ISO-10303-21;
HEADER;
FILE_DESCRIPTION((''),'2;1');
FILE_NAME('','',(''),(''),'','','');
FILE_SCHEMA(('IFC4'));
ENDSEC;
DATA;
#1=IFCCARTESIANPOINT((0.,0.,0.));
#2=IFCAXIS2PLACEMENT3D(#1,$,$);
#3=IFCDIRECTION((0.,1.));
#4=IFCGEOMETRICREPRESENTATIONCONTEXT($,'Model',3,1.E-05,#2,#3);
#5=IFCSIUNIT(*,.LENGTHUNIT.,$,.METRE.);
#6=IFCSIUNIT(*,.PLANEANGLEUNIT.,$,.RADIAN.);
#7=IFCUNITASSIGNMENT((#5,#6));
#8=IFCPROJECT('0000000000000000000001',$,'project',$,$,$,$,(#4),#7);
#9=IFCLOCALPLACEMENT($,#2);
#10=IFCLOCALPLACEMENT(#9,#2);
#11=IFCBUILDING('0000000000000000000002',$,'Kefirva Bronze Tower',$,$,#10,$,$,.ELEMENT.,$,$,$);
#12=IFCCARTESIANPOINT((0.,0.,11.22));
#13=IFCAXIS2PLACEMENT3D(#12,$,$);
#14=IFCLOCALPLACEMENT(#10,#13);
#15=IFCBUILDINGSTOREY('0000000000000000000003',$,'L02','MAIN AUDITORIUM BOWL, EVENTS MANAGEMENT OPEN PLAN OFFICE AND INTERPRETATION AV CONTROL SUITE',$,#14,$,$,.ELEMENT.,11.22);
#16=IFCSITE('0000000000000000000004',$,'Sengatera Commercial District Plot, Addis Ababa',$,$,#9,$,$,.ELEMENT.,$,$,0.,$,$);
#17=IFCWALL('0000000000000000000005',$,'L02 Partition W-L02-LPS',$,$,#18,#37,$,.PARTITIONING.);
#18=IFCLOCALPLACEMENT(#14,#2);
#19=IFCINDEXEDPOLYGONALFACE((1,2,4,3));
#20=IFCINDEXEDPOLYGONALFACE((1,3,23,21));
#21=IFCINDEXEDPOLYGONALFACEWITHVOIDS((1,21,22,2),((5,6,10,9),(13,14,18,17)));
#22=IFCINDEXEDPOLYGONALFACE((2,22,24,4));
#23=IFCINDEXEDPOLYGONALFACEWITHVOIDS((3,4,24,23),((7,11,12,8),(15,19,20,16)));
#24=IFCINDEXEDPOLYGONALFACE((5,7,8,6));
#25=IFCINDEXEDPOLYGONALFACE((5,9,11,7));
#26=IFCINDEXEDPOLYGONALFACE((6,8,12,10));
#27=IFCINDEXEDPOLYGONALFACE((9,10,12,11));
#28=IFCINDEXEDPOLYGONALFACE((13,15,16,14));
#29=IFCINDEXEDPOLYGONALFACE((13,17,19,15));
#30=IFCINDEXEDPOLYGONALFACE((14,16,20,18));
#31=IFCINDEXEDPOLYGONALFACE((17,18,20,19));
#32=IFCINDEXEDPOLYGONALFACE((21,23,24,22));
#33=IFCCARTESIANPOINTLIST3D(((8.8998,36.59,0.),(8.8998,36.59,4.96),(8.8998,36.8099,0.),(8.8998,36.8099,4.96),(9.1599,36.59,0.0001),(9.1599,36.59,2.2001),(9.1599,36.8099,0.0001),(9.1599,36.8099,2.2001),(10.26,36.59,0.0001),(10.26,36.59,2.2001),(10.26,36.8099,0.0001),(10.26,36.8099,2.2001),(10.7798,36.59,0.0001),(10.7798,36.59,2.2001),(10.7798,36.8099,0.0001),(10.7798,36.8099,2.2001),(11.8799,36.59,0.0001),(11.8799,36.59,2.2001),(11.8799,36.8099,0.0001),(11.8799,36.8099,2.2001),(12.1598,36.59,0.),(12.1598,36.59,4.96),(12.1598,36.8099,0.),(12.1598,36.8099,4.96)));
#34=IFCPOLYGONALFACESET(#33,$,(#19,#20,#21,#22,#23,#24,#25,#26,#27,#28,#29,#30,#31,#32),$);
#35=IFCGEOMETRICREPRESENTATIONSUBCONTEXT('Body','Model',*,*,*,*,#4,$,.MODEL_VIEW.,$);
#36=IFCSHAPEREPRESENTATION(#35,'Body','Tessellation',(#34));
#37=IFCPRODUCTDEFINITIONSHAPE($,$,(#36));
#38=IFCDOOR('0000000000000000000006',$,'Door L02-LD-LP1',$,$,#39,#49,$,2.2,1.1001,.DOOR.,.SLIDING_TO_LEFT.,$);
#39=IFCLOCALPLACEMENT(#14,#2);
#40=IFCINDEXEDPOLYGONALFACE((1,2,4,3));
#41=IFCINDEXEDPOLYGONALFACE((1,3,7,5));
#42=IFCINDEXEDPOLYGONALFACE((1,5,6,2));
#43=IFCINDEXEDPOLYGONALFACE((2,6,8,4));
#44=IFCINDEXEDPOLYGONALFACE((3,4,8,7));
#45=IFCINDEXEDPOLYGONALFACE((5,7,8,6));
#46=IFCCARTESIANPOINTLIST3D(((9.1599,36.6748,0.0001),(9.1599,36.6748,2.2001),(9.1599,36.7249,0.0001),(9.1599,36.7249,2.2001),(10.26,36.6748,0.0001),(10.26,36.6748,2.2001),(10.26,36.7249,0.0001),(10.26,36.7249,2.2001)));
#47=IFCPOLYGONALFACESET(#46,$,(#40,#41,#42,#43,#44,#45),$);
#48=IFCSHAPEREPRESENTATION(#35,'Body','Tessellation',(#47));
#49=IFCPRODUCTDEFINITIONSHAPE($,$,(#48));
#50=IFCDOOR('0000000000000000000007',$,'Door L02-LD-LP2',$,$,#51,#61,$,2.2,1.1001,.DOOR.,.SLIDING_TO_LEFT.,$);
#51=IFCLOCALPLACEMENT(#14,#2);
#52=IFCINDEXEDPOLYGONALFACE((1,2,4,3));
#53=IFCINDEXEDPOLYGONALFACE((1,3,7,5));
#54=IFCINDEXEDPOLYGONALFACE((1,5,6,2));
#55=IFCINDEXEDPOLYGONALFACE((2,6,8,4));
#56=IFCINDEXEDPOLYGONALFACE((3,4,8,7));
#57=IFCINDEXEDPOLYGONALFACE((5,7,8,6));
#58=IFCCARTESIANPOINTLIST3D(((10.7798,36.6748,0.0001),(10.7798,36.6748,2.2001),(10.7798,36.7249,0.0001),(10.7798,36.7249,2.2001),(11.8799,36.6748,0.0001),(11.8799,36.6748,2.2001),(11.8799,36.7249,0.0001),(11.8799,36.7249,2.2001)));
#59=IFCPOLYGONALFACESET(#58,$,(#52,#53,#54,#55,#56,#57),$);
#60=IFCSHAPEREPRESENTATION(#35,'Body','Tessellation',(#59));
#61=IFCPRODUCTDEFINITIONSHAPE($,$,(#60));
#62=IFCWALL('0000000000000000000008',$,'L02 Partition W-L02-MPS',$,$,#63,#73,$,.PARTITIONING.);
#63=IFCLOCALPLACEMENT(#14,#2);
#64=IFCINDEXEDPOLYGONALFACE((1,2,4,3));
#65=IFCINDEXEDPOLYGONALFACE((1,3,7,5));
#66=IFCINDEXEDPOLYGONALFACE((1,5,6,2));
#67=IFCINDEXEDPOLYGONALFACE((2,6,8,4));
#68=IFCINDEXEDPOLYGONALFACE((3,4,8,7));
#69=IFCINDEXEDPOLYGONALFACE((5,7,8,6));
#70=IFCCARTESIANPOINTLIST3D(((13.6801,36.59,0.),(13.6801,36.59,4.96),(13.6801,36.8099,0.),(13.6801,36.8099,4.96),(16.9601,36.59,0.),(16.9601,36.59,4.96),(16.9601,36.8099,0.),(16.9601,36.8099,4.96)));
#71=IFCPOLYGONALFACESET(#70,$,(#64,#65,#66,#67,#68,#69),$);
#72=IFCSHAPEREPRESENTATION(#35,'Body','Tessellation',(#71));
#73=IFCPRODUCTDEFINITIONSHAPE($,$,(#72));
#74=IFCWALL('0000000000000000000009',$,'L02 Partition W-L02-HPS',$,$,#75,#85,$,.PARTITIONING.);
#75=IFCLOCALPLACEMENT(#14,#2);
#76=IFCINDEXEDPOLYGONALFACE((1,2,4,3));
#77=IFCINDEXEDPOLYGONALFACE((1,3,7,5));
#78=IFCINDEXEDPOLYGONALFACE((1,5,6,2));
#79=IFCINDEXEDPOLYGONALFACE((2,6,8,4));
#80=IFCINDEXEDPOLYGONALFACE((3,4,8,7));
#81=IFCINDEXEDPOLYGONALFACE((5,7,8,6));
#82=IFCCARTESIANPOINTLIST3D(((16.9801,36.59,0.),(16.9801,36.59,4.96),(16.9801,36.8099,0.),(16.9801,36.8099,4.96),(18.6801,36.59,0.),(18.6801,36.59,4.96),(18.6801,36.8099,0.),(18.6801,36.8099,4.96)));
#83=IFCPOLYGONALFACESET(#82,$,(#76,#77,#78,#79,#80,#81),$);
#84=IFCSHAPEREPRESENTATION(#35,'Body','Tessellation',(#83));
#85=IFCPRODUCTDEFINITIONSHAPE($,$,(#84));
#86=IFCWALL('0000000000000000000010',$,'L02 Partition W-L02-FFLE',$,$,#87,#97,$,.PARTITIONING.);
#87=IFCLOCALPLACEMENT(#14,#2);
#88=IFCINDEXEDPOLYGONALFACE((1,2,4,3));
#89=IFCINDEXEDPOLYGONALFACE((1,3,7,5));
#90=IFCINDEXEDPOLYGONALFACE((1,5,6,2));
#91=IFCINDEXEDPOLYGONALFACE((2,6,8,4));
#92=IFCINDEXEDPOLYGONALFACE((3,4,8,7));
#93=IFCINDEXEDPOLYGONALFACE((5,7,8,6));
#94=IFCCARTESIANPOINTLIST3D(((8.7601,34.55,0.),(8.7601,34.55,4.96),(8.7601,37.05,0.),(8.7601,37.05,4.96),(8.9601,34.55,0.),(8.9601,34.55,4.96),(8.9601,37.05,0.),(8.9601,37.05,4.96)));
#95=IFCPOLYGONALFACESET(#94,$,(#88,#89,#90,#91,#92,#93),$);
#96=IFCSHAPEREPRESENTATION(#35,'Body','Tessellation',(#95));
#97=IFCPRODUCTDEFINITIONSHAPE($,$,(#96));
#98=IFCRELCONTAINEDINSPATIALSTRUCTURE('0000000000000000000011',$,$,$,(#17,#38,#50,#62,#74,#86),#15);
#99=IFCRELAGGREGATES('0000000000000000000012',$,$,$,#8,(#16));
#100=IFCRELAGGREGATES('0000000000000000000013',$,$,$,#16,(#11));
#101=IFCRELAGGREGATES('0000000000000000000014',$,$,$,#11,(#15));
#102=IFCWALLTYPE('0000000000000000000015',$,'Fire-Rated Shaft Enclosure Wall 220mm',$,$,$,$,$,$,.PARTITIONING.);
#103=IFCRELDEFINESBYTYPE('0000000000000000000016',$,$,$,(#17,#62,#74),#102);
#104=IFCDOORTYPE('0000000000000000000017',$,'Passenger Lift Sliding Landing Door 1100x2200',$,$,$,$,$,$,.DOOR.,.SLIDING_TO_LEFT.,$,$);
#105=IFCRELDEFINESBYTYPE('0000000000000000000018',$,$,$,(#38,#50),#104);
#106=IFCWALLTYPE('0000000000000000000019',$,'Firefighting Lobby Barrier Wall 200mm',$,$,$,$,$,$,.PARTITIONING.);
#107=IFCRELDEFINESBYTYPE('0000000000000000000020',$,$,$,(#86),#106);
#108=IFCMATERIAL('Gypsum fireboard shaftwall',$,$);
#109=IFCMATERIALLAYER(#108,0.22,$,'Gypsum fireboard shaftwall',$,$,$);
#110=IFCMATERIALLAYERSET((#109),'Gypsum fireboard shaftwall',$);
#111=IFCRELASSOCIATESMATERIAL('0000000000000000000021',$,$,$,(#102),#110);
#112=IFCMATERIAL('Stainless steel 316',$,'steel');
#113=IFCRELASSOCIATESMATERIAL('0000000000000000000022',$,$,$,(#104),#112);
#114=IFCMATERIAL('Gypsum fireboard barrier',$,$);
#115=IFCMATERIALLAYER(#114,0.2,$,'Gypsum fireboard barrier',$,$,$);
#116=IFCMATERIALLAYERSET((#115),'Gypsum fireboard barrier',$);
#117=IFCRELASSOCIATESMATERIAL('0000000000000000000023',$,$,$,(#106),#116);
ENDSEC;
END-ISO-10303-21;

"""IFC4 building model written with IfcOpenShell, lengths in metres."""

from ifc_helpers import new_model, si_unit, direction, frame, frame_2d, origin, place, context, subcontext, project, spatial, rectangle, extrude, material, layer, layer_set, type_object, element, fill, save


model = new_model("IFC4")

# Units and contexts
model_context = context("Model", 3, precision=1e-05, world=origin(), true_north=direction((0.0, 1.0)))
body_context = subcontext(model_context, "Body", "Model", "MODEL_VIEW")
ifc_project = project(units=[si_unit("LENGTHUNIT", "METRE"), si_unit("PLANEANGLEUNIT", "RADIAN")], contexts=[model_context])

# Site, building, storey
site_placement = place(None, origin())
site = spatial("IfcSite", under=ifc_project, at=site_placement, Name="Sengatera Commercial District Plot, Addis Ababa", CompositionType="ELEMENT", RefElevation=0.0)
building_placement = place(site_placement, origin())
building = spatial("IfcBuilding", under=site, at=building_placement, Name="Kefirva Bronze Tower", CompositionType="ELEMENT")
storey_placement = place(building_placement, frame((0.0, 0.0, 11.22)))
storey = spatial("IfcBuildingStorey", under=building, at=storey_placement, Name="L02", Description="MAIN AUDITORIUM BOWL, EVENTS MANAGEMENT OPEN PLAN OFFICE AND INTERPRETATION AV CONTROL SUITE", CompositionType="ELEMENT", Elevation=11.22)

# Shared definitions
ifc_material_1 = material(Name="Gypsum fireboard shaftwall")
ifc_layer_1 = layer(ifc_material_1, 0.22, Name="Gypsum fireboard shaftwall")
ifc_layer_set_1 = layer_set([ifc_layer_1], Name="Gypsum fireboard shaftwall")
wall_type_1 = type_object("IfcWallType", Name="Fire-Rated Shaft Enclosure Wall 220mm", PredefinedType="PARTITIONING", material=ifc_layer_set_1)
ifc_material_2 = material(Name="Stainless steel 316", Category="steel")

# Wall, openings, doors
wall_1_placement = place(storey_placement, frame((8.8999, 36.7, 0.0), z_axis=(0.0, 0.0, 1.0), x_axis=(1.0, 0.0, 0.0)))
wall_1 = element("IfcWall", 1, at=wall_1_placement, inside=storey, type_object=wall_type_1, Name="L02 Partition W-L02-LPS", PredefinedType="PARTITIONING", context=body_context, shape_type="SweptSolid", body=[
    extrude(rectangle(XDim=3.26, YDim=0.22, at=frame_2d((1.6299, 0.0))), origin(), (0.0, 0.0, 1.0), 4.96),
])
opening_1_placement = place(wall_1_placement, frame((0.26, 0.0, 0.0)))
opening_1 = element("IfcOpeningElement", 2, at=opening_1_placement, cuts=wall_1, PredefinedType="OPENING", context=body_context, shape_type="SweptSolid", body=[
    extrude(rectangle(XDim=1.1001, YDim=2.2, at=frame_2d((0.55, 1.1001))), frame((0.0, 0.1201, 0.0), z_axis=(0.0, -1.0, 0.0), x_axis=(1.0, 0.0, 0.0)), (0.0, 0.0, 1.0), 0.24),
])
opening_2_placement = place(wall_1_placement, frame((1.8799, 0.0, 0.0)))
opening_2 = element("IfcOpeningElement", 3, at=opening_2_placement, cuts=wall_1, PredefinedType="OPENING", context=body_context, shape_type="SweptSolid", body=[
    extrude(rectangle(XDim=1.1001, YDim=2.2, at=frame_2d((0.55, 1.1001))), frame((0.0, 0.1201, 0.0), z_axis=(0.0, -1.0, 0.0), x_axis=(1.0, 0.0, 0.0)), (0.0, 0.0, 1.0), 0.24),
])
door_type_1 = type_object("IfcDoorType", Name="Passenger Lift Sliding Landing Door 1100x2200", OperationType="SLIDING_TO_LEFT", PredefinedType="DOOR", material=ifc_material_2)
door_1_placement = place(opening_1_placement, origin())
door_1 = element("IfcDoor", 4, at=door_1_placement, inside=storey, type_object=door_type_1, Name="Door L02-LD-LP1", OperationType="SLIDING_TO_LEFT", OverallHeight=2.2, OverallWidth=1.1001, PredefinedType="DOOR", context=body_context, shape_type="SweptSolid", body=[
    extrude(rectangle(XDim=1.1001, YDim=2.2, at=frame_2d((0.55, 1.1001))), frame((0.0, 0.0249, 0.0), z_axis=(0.0, -1.0, 0.0), x_axis=(1.0, 0.0, 0.0)), (0.0, 0.0, 1.0), 0.05),
])
fill(opening_1, door_1)
door_2_placement = place(opening_2_placement, origin())
door_2 = element("IfcDoor", 5, at=door_2_placement, inside=storey, type_object=door_type_1, Name="Door L02-LD-LP2", OperationType="SLIDING_TO_LEFT", OverallHeight=2.2, OverallWidth=1.1001, PredefinedType="DOOR", context=body_context, shape_type="SweptSolid", body=[
    extrude(rectangle(XDim=1.1001, YDim=2.2, at=frame_2d((0.55, 1.1001))), frame((0.0, 0.0249, 0.0), z_axis=(0.0, -1.0, 0.0), x_axis=(1.0, 0.0, 0.0)), (0.0, 0.0, 1.0), 0.05),
])
fill(opening_2, door_2)

# Walls
wall_2_placement = place(storey_placement, frame((13.6799, 36.7, 0.0), z_axis=(0.0, 0.0, 1.0), x_axis=(1.0, 0.0, 0.0)))
element("IfcWall", 6, at=wall_2_placement, inside=storey, type_object=wall_type_1, Name="L02 Partition W-L02-MPS", PredefinedType="PARTITIONING", context=body_context, shape_type="SweptSolid", body=[
    extrude(rectangle(XDim=3.28, YDim=0.22, at=frame_2d((1.6401, 0.0))), origin(), (0.0, 0.0, 1.0), 4.96),
])
wall_3_placement = place(storey_placement, frame((16.98, 36.7, 0.0), z_axis=(0.0, 0.0, 1.0), x_axis=(1.0, 0.0, 0.0)))
element("IfcWall", 7, at=wall_3_placement, inside=storey, type_object=wall_type_1, Name="L02 Partition W-L02-HPS", PredefinedType="PARTITIONING", context=body_context, shape_type="SweptSolid", body=[
    extrude(rectangle(XDim=1.7, YDim=0.22, at=frame_2d((0.8501, 0.0))), origin(), (0.0, 0.0, 1.0), 4.96),
])
ifc_material_3 = material(Name="Gypsum fireboard barrier")
ifc_layer_2 = layer(ifc_material_3, 0.2, Name="Gypsum fireboard barrier")
ifc_layer_set_2 = layer_set([ifc_layer_2], Name="Gypsum fireboard barrier")
wall_type_2 = type_object("IfcWallType", Name="Firefighting Lobby Barrier Wall 200mm", PredefinedType="PARTITIONING", material=ifc_layer_set_2)
wall_4_placement = place(storey_placement, frame((8.8601, 34.55, 0.0), z_axis=(0.0, 0.0, 1.0), x_axis=(0.0, 1.0, 0.0)))
element("IfcWall", 8, at=wall_4_placement, inside=storey, type_object=wall_type_2, Name="L02 Partition W-L02-FFLE", PredefinedType="PARTITIONING", context=body_context, shape_type="SweptSolid", body=[
    extrude(rectangle(XDim=2.5, YDim=0.2, at=frame_2d((1.25, 0.0))), origin(), (0.0, 0.0, 1.0), 4.96),
])

save(model, "model.ifc")
